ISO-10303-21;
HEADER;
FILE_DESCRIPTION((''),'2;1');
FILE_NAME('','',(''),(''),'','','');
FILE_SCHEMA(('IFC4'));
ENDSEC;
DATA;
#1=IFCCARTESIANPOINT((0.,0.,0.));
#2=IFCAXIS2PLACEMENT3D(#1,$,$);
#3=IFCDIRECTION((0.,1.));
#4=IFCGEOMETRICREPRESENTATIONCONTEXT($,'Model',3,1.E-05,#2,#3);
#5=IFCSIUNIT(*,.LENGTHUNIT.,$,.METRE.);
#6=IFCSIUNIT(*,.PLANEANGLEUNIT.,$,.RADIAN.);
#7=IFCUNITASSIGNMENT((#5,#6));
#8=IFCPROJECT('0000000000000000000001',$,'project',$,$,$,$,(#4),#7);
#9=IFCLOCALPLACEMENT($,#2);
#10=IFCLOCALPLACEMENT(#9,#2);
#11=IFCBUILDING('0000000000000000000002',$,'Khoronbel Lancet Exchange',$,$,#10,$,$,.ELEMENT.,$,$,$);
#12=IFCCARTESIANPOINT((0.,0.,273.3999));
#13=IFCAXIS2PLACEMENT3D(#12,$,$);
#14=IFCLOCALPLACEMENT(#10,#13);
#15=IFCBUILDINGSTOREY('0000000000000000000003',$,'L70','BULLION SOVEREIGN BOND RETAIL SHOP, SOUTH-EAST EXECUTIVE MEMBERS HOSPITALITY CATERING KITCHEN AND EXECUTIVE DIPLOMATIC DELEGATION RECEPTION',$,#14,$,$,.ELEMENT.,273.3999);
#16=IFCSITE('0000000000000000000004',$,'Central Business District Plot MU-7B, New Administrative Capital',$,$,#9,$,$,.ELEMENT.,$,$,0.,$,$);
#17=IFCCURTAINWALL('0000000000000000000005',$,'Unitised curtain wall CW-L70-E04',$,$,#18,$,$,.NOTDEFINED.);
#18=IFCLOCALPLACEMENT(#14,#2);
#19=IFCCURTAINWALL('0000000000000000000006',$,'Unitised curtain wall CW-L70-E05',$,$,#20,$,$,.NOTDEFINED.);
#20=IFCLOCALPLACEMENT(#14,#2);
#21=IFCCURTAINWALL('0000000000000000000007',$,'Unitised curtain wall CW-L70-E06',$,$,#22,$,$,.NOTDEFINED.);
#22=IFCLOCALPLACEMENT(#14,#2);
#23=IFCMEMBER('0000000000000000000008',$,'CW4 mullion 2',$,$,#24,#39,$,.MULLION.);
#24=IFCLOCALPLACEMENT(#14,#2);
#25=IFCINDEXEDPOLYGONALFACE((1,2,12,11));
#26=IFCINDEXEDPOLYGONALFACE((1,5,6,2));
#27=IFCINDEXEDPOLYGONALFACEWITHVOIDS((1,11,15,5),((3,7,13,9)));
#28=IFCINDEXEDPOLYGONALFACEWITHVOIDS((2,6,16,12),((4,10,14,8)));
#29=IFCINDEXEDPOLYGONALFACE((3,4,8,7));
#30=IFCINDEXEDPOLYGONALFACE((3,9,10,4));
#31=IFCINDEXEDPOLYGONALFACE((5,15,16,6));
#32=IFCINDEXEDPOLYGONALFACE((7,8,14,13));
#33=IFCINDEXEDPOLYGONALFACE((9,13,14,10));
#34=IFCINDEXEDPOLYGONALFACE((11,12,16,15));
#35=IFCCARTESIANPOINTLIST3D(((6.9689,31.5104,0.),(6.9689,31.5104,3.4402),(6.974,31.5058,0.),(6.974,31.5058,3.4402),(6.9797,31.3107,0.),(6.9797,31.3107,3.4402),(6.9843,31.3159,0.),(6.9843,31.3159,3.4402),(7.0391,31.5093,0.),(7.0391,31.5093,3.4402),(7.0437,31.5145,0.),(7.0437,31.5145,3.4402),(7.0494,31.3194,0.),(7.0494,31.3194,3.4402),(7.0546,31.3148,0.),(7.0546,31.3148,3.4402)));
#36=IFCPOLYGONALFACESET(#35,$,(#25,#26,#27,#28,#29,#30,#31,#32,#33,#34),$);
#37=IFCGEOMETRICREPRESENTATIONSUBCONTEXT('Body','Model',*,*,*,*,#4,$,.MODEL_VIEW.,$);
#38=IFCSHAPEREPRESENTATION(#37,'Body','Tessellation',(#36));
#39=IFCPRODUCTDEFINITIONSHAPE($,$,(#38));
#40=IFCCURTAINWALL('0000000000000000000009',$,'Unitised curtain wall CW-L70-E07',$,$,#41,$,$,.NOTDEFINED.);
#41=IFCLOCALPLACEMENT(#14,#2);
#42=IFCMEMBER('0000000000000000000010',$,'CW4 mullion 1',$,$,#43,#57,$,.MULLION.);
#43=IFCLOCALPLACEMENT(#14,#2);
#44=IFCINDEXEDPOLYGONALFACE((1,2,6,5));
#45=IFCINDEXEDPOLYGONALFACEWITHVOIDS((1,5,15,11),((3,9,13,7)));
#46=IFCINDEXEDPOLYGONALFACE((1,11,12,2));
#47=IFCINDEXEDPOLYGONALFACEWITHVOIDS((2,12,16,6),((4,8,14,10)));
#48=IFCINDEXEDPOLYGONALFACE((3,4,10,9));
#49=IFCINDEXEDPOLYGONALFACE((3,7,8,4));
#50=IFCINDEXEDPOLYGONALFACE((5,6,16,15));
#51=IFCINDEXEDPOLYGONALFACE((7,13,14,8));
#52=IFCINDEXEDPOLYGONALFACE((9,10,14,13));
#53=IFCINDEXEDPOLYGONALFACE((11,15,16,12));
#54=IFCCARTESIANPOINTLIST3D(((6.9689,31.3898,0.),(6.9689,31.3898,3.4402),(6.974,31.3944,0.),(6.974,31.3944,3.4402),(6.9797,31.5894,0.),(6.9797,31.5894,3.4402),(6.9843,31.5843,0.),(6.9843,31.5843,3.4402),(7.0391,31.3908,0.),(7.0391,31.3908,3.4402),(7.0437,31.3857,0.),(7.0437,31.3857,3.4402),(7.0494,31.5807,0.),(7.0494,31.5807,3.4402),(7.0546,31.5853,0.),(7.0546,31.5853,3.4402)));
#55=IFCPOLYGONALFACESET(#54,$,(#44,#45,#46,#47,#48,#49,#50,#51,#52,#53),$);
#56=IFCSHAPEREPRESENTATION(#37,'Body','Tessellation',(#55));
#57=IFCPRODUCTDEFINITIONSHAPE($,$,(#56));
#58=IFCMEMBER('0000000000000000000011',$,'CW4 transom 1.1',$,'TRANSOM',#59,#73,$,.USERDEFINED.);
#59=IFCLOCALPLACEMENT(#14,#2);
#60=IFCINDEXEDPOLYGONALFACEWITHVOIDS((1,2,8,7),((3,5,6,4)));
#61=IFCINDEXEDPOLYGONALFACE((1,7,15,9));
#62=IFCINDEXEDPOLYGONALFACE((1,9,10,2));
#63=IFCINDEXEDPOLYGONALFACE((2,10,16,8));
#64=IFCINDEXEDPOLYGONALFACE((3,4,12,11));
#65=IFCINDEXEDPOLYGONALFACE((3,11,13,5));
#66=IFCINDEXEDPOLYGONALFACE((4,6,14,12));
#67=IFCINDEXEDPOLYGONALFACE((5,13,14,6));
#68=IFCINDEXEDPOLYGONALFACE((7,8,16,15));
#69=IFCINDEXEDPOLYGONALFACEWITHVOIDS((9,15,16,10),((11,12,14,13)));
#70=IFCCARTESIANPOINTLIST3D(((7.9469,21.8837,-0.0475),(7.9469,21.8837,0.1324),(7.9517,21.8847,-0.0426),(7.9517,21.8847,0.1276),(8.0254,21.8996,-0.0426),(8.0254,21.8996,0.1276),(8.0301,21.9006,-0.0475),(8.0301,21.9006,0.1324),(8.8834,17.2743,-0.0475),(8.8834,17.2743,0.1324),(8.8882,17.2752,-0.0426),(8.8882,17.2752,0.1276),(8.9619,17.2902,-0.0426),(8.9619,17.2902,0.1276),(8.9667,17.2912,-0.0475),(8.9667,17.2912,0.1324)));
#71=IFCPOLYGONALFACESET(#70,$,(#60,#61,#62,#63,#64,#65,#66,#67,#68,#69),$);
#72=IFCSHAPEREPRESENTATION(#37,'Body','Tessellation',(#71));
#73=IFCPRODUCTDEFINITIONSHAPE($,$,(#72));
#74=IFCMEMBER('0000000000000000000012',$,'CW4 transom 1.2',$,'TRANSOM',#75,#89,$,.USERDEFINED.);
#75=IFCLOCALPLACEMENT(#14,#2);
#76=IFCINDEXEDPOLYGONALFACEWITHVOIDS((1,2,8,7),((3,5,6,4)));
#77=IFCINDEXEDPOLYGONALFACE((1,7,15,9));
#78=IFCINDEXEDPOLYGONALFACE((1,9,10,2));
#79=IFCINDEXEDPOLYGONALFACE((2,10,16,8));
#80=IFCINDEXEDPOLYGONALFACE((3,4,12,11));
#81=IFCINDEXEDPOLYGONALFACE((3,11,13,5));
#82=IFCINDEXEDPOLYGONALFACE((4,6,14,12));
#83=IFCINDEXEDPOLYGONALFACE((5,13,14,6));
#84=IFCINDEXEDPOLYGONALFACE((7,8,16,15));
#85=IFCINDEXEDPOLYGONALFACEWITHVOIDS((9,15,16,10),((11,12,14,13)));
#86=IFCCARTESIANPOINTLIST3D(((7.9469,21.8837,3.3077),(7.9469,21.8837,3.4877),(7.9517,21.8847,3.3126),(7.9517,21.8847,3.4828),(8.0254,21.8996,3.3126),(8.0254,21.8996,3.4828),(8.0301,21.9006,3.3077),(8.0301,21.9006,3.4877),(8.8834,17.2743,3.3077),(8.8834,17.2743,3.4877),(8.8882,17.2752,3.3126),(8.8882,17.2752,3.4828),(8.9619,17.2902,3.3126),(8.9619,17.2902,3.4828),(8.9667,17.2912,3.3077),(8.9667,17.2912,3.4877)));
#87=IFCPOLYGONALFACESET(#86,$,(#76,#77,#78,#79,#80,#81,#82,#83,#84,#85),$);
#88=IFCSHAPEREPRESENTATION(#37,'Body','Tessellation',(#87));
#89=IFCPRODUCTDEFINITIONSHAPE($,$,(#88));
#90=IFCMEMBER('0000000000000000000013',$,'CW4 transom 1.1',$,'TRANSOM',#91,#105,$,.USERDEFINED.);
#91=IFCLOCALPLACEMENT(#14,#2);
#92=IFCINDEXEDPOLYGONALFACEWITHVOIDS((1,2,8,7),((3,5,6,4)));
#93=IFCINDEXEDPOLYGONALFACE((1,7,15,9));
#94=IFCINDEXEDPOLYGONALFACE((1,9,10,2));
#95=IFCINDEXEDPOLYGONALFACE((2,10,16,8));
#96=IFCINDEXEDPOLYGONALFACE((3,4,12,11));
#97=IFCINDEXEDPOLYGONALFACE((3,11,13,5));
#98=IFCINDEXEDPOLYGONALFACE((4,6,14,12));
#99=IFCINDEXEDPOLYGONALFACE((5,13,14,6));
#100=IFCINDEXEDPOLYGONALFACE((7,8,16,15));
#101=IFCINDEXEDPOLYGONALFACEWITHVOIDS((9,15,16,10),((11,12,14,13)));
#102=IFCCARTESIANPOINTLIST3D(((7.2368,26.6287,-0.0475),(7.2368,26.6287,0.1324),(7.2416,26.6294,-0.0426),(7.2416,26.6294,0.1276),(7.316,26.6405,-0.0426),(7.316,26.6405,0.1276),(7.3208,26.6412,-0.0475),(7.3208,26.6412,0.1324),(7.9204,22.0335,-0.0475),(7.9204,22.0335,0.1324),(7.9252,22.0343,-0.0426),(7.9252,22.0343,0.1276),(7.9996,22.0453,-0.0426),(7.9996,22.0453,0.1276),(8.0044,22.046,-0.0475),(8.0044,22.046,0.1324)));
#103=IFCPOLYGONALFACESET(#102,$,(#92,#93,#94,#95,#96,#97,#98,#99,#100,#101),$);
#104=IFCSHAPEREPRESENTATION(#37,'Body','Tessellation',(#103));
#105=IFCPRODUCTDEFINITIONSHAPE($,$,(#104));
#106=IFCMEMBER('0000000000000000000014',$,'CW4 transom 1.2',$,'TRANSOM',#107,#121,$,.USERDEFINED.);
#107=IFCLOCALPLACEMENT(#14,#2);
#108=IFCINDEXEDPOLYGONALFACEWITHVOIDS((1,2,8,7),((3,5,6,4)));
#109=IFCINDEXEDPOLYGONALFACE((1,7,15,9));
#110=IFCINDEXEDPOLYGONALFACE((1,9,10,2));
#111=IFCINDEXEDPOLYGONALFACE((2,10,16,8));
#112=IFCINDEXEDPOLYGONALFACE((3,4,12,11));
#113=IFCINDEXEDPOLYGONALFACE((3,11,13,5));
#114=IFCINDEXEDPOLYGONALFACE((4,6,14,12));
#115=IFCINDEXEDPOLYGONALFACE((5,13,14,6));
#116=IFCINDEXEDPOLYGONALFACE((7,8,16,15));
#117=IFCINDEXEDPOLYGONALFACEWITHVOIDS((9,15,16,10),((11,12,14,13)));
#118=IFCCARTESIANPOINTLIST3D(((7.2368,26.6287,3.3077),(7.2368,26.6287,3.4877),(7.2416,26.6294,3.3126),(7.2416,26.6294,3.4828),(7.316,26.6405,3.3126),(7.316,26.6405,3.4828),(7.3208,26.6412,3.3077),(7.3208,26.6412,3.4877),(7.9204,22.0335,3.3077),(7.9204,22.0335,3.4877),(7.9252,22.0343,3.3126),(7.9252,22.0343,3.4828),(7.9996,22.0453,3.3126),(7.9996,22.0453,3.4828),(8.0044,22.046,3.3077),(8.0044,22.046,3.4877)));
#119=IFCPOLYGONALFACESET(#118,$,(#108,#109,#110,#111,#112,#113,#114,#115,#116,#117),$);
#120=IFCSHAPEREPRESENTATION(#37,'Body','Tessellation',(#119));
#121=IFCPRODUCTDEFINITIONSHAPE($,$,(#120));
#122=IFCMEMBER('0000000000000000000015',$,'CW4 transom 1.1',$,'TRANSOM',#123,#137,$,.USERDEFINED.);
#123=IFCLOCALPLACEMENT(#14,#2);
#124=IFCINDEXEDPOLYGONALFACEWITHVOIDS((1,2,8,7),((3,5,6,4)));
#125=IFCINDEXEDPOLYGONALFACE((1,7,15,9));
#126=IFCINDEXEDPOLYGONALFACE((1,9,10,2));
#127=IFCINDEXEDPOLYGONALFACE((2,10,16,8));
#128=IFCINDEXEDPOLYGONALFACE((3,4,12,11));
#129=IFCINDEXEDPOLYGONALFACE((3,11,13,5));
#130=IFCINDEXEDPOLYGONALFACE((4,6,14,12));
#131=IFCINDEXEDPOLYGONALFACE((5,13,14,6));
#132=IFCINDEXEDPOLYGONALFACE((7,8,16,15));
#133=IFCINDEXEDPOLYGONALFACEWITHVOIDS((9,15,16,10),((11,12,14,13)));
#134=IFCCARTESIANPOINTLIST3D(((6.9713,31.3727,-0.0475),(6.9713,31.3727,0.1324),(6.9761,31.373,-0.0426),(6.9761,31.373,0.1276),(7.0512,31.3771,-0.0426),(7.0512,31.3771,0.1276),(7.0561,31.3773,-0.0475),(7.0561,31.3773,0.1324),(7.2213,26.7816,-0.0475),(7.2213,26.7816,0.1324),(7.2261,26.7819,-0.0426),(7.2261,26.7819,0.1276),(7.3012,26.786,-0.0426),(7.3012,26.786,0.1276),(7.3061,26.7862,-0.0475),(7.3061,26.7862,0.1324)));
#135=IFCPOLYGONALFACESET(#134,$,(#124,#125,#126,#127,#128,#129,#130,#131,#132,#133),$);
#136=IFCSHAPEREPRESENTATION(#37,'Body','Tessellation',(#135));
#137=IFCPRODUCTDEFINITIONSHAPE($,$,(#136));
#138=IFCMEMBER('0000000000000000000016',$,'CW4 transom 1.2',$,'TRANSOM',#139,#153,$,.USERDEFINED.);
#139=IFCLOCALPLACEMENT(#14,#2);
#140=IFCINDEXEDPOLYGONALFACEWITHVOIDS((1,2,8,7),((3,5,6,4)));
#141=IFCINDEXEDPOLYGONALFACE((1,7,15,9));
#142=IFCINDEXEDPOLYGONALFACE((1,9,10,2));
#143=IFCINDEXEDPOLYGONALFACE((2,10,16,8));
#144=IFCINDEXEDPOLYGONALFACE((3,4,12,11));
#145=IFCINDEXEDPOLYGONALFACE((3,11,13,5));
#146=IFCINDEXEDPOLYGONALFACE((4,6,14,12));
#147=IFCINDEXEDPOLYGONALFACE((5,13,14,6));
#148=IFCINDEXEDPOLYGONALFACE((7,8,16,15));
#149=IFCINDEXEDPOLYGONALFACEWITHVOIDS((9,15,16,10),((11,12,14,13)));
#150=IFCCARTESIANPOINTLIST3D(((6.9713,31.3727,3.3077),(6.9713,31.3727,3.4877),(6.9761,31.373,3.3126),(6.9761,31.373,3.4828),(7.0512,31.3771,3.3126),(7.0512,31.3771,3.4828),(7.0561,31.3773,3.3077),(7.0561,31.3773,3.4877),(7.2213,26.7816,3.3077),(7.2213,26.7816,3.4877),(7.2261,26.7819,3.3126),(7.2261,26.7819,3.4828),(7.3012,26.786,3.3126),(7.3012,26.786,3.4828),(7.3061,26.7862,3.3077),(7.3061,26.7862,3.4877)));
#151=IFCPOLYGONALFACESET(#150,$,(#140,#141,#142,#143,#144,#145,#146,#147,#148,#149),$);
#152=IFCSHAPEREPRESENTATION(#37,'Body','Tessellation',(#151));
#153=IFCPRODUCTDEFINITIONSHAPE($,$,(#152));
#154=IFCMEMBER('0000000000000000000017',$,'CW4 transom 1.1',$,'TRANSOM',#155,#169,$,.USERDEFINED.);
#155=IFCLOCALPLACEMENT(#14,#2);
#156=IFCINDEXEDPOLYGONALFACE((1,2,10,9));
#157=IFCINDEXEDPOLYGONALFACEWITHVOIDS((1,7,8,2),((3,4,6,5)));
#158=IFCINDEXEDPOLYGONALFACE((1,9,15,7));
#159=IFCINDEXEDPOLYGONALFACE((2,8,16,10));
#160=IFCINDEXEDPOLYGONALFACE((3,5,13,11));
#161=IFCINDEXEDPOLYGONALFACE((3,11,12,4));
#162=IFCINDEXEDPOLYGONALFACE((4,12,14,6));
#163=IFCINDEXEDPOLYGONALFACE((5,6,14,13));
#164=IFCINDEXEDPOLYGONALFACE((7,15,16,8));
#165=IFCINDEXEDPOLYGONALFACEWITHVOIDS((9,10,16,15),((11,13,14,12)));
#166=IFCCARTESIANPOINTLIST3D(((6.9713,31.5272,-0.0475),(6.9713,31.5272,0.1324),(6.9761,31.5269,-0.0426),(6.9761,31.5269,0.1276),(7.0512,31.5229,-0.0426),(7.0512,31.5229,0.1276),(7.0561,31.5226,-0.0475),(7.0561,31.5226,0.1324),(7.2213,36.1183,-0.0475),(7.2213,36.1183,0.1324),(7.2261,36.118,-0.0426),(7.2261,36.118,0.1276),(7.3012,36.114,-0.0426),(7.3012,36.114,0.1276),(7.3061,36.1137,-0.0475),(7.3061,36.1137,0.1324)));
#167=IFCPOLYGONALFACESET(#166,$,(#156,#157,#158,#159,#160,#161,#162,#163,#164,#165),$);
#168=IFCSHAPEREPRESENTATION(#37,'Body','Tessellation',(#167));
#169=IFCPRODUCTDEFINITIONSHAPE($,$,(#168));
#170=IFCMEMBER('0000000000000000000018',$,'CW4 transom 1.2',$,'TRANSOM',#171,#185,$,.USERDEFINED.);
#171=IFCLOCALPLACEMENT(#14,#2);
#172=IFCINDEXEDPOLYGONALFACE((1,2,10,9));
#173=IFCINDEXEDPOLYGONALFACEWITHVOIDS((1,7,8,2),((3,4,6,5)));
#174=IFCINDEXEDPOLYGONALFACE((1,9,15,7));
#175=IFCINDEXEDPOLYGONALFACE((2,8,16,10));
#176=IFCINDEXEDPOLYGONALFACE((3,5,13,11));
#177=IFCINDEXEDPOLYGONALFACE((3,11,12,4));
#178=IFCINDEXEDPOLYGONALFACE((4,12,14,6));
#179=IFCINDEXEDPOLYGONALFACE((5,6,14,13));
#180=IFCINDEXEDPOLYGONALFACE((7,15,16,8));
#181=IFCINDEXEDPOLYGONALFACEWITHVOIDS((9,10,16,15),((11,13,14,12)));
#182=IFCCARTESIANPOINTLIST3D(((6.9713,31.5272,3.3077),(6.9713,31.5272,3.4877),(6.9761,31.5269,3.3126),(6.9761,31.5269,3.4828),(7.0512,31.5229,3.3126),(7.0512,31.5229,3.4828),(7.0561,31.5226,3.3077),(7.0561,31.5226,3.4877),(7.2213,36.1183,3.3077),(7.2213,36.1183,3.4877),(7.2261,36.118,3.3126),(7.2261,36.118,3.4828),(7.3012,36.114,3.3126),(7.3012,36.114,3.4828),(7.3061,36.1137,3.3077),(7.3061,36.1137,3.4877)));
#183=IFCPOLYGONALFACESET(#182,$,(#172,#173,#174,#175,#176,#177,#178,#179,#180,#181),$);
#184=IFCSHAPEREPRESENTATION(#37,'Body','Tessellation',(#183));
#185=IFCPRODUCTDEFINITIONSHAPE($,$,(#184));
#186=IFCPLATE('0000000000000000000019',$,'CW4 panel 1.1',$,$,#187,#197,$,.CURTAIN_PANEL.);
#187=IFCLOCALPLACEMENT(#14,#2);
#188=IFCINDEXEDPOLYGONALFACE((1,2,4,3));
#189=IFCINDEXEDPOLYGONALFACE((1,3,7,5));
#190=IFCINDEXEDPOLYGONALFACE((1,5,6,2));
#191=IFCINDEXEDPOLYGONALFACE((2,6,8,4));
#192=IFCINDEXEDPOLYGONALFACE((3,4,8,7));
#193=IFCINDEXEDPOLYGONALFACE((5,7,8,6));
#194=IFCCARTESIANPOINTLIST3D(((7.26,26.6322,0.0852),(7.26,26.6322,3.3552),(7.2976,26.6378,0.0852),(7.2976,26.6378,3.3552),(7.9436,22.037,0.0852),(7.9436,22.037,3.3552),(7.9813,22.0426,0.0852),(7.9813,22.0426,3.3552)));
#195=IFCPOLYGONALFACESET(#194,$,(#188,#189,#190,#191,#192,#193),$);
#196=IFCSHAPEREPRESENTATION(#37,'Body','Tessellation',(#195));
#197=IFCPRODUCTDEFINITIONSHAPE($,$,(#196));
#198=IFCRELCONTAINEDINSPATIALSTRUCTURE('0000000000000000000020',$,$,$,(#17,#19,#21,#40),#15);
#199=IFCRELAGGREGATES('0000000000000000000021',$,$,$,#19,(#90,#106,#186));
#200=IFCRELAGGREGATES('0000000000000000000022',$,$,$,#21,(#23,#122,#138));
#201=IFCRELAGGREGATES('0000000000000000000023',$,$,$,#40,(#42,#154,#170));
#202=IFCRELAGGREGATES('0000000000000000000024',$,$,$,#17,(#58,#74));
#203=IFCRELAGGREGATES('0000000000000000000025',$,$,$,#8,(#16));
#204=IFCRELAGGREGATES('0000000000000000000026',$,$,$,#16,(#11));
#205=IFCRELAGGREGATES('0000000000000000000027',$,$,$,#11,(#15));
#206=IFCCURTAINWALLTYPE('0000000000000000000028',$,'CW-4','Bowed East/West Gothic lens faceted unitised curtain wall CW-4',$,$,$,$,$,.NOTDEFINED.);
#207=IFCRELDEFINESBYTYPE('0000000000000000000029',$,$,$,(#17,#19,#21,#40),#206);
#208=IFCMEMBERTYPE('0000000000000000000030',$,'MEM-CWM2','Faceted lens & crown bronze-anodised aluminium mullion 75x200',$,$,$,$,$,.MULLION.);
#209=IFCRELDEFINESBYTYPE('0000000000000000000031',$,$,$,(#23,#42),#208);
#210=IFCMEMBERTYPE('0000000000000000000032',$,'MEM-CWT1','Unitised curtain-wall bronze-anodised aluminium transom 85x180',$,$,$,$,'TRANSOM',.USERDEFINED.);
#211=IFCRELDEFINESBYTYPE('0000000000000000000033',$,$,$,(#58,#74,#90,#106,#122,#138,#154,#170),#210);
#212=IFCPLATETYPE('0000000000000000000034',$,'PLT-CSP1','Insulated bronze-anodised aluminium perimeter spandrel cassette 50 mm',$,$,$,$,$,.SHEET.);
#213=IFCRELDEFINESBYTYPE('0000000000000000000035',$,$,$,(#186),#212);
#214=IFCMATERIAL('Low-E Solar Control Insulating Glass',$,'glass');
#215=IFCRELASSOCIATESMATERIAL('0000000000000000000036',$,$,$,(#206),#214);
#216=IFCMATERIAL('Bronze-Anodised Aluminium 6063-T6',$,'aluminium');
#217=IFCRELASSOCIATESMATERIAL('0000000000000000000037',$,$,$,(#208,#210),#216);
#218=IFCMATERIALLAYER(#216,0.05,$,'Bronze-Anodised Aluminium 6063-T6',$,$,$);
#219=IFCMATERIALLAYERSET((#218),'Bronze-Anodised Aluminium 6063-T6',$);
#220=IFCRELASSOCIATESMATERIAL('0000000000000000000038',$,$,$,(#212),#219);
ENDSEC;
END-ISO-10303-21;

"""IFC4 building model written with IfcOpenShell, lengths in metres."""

from ifc_helpers import new_model, si_unit, direction, frame, origin, origin_2d, place, context, subcontext, project, spatial, rectangle, hollow_rectangle, extrude, material, layer, layer_set, material_profile, profile_set, type_object, element, aggregate, save


model = new_model("IFC4")

# Units and contexts
model_context = context("Model", 3, precision=1e-05, world=origin(), true_north=direction((0.0, 1.0)))
body_context = subcontext(model_context, "Body", "Model", "MODEL_VIEW")
ifc_project = project(units=[si_unit("LENGTHUNIT", "METRE"), si_unit("PLANEANGLEUNIT", "RADIAN")], contexts=[model_context])

# Site, building, storey
site_placement = place(None, origin())
site = spatial("IfcSite", under=ifc_project, at=site_placement, Name="Central Business District Plot MU-7B, New Administrative Capital", CompositionType="ELEMENT", RefElevation=0.0)
building_placement = place(site_placement, origin())
building = spatial("IfcBuilding", under=site, at=building_placement, Name="Khoronbel Lancet Exchange", CompositionType="ELEMENT")
storey_placement = place(building_placement, frame((0.0, 0.0, 273.3999)))
storey = spatial("IfcBuildingStorey", under=building, at=storey_placement, Name="L70", Description="BULLION SOVEREIGN BOND RETAIL SHOP, SOUTH-EAST EXECUTIVE MEMBERS HOSPITALITY CATERING KITCHEN AND EXECUTIVE DIPLOMATIC DELEGATION RECEPTION", CompositionType="ELEMENT", Elevation=273.3999)

# Curtain walls, member
ifc_material_1 = material(Name="Low-E Solar Control Insulating Glass", Category="glass")
curtain_wall_type = type_object("IfcCurtainWallType", Name="CW-4", Description="Bowed East/West Gothic lens faceted unitised curtain wall CW-4", PredefinedType="NOTDEFINED", material=ifc_material_1)
curtain_wall_1_placement = place(storey_placement, origin())
curtain_wall_1 = element("IfcCurtainWall", 1, at=curtain_wall_1_placement, inside=storey, type_object=curtain_wall_type, Name="Unitised curtain wall CW-L70-E04", PredefinedType="NOTDEFINED")
ifc_material_2 = material(Name="Bronze-Anodised Aluminium 6063-T6", Category="aluminium")
ifc_material_profile_1 = material_profile(ifc_material_2, hollow_rectangle(XDim=0.075, YDim=0.2, WallThickness=0.0049, at=origin_2d()), Name="ALU MULLION 75x200")
ifc_profile_set_1 = profile_set([ifc_material_profile_1], Name="Bronze-Anodised Aluminium 6063-T6")
member_type_1 = type_object("IfcMemberType", Name="MEM-CWM2", Description="Faceted lens & crown bronze-anodised aluminium mullion 75x200", PredefinedType="MULLION", material=ifc_profile_set_1)
curtain_wall_2_placement = place(storey_placement, origin())
curtain_wall_2 = element("IfcCurtainWall", 2, at=curtain_wall_2_placement, inside=storey, type_object=curtain_wall_type, Name="Unitised curtain wall CW-L70-E05", PredefinedType="NOTDEFINED")
curtain_wall_3_placement = place(storey_placement, origin())
curtain_wall_3 = element("IfcCurtainWall", 3, at=curtain_wall_3_placement, inside=storey, type_object=curtain_wall_type, Name="Unitised curtain wall CW-L70-E06", PredefinedType="NOTDEFINED")
member_1_placement = place(storey_placement, frame((7.0117, 31.4126, 0.0), z_axis=(0.0, 0.0, 1.0), x_axis=(-0.998521, -0.054361, 0.0)))
member_1 = element("IfcMember", 4, at=member_1_placement, type_object=member_type_1, Name="CW4 mullion 2", PredefinedType="MULLION", context=body_context, shape_type="SweptSolid", body=[
    extrude(hollow_rectangle(XDim=0.075, YDim=0.2, WallThickness=0.0049, at=origin_2d()), origin(), (0.0, 0.0, 1.0), 3.4402),
])

# Curtain wall, member
curtain_wall_4_placement = place(storey_placement, origin())
curtain_wall_4 = element("IfcCurtainWall", 5, at=curtain_wall_4_placement, inside=storey, type_object=curtain_wall_type, Name="Unitised curtain wall CW-L70-E07", PredefinedType="NOTDEFINED")
member_2_placement = place(storey_placement, frame((7.0117, 31.4875, 0.0), z_axis=(0.0, 0.0, 1.0), x_axis=(-0.998521, 0.054361, 0.0)))
member_2 = element("IfcMember", 6, at=member_2_placement, type_object=member_type_1, Name="CW4 mullion 1", PredefinedType="MULLION", context=body_context, shape_type="SweptSolid", body=[
    extrude(hollow_rectangle(XDim=0.075, YDim=0.2, WallThickness=0.0049, at=origin_2d()), origin(), (0.0, 0.0, 1.0), 3.4402),
])

# Members
ifc_material_profile_2 = material_profile(ifc_material_2, hollow_rectangle(XDim=0.085, YDim=0.1799, WallThickness=0.0049, at=origin_2d()), Name="ALU TRANSOM 85x180")
ifc_profile_set_2 = profile_set([ifc_material_profile_2], Name="Bronze-Anodised Aluminium 6063-T6")
member_type_2 = type_object("IfcMemberType", Name="MEM-CWT1", Description="Unitised curtain-wall bronze-anodised aluminium transom 85x180", ElementType="TRANSOM", PredefinedType="USERDEFINED", material=ifc_profile_set_2)
member_3_placement = place(storey_placement, frame((8.925, 17.2827, 0.0425), z_axis=(-0.19911, 0.979977, 0.0), x_axis=(-0.979977, -0.19911, 0.0)))
member_3 = element("IfcMember", 7, at=member_3_placement, type_object=member_type_2, Name="CW4 transom 1.1", ObjectType="TRANSOM", PredefinedType="USERDEFINED", context=body_context, shape_type="SweptSolid", body=[
    extrude(hollow_rectangle(XDim=0.085, YDim=0.1799, WallThickness=0.0049, at=origin_2d()), origin(), (0.0, 0.0, 1.0), 4.7036),
])
member_4_placement = place(storey_placement, frame((8.925, 17.2827, 3.3977), z_axis=(-0.19911, 0.979977, 0.0), x_axis=(-0.979977, -0.19911, 0.0)))
member_4 = element("IfcMember", 8, at=member_4_placement, type_object=member_type_2, Name="CW4 transom 1.2", ObjectType="TRANSOM", PredefinedType="USERDEFINED", context=body_context, shape_type="SweptSolid", body=[
    extrude(hollow_rectangle(XDim=0.085, YDim=0.1799, WallThickness=0.0049, at=origin_2d()), origin(), (0.0, 0.0, 1.0), 4.7036),
])
member_5_placement = place(storey_placement, frame((7.9624, 22.0398, 0.0425), z_axis=(-0.147143, 0.989115, 0.0), x_axis=(-0.989115, -0.147143, 0.0)))
member_5 = element("IfcMember", 9, at=member_5_placement, type_object=member_type_2, Name="CW4 transom 1.1", ObjectType="TRANSOM", PredefinedType="USERDEFINED", context=body_context, shape_type="SweptSolid", body=[
    extrude(hollow_rectangle(XDim=0.085, YDim=0.1799, WallThickness=0.0049, at=origin_2d()), origin(), (0.0, 0.0, 1.0), 4.6458),
])
member_6_placement = place(storey_placement, frame((7.9624, 22.0398, 3.3977), z_axis=(-0.147143, 0.989115, 0.0), x_axis=(-0.989115, -0.147143, 0.0)))
member_6 = element("IfcMember", 10, at=member_6_placement, type_object=member_type_2, Name="CW4 transom 1.2", ObjectType="TRANSOM", PredefinedType="USERDEFINED", context=body_context, shape_type="SweptSolid", body=[
    extrude(hollow_rectangle(XDim=0.085, YDim=0.1799, WallThickness=0.0049, at=origin_2d()), origin(), (0.0, 0.0, 1.0), 4.6458),
])
member_7_placement = place(storey_placement, frame((7.2637, 26.7839, 0.0425), z_axis=(-0.054373, 0.998521, 0.0), x_axis=(-0.998521, -0.054373, 0.0)))
member_7 = element("IfcMember", 11, at=member_7_placement, type_object=member_type_2, Name="CW4 transom 1.1", ObjectType="TRANSOM", PredefinedType="USERDEFINED", context=body_context, shape_type="SweptSolid", body=[
    extrude(hollow_rectangle(XDim=0.085, YDim=0.1799, WallThickness=0.0049, at=origin_2d()), origin(), (0.0, 0.0, 1.0), 4.5979),
])
member_8_placement = place(storey_placement, frame((7.2637, 26.7839, 3.3977), z_axis=(-0.054373, 0.998521, 0.0), x_axis=(-0.998521, -0.054373, 0.0)))
member_8 = element("IfcMember", 12, at=member_8_placement, type_object=member_type_2, Name="CW4 transom 1.2", ObjectType="TRANSOM", PredefinedType="USERDEFINED", context=body_context, shape_type="SweptSolid", body=[
    extrude(hollow_rectangle(XDim=0.085, YDim=0.1799, WallThickness=0.0049, at=origin_2d()), origin(), (0.0, 0.0, 1.0), 4.5979),
])
member_9_placement = place(storey_placement, frame((7.0137, 31.5249, 0.0425), z_axis=(0.054373, 0.998521, 0.0), x_axis=(-0.998521, 0.054373, 0.0)))
member_9 = element("IfcMember", 13, at=member_9_placement, type_object=member_type_2, Name="CW4 transom 1.1", ObjectType="TRANSOM", PredefinedType="USERDEFINED", context=body_context, shape_type="SweptSolid", body=[
    extrude(hollow_rectangle(XDim=0.085, YDim=0.1799, WallThickness=0.0049, at=origin_2d()), origin(), (0.0, 0.0, 1.0), 4.5979),
])
member_10_placement = place(storey_placement, frame((7.0137, 31.5249, 3.3977), z_axis=(0.054373, 0.998521, 0.0), x_axis=(-0.998521, 0.054373, 0.0)))
member_10 = element("IfcMember", 14, at=member_10_placement, type_object=member_type_2, Name="CW4 transom 1.2", ObjectType="TRANSOM", PredefinedType="USERDEFINED", context=body_context, shape_type="SweptSolid", body=[
    extrude(hollow_rectangle(XDim=0.085, YDim=0.1799, WallThickness=0.0049, at=origin_2d()), origin(), (0.0, 0.0, 1.0), 4.5979),
])

# Plate
ifc_layer_1 = layer(ifc_material_2, 0.05, Name="Bronze-Anodised Aluminium 6063-T6")
ifc_layer_set_1 = layer_set([ifc_layer_1], Name="Bronze-Anodised Aluminium 6063-T6")
plate_type_1 = type_object("IfcPlateType", Name="PLT-CSP1", Description="Insulated bronze-anodised aluminium perimeter spandrel cassette 50 mm", PredefinedType="SHEET", material=ifc_layer_set_1)
plate_1_placement = place(storey_placement, frame((7.6206, 24.3374, 0.0852), z_axis=(0.0, 0.0, 1.0), x_axis=(-0.147152, 0.989114, 0.0)))
plate_1 = element("IfcPlate", 15, at=plate_1_placement, type_object=plate_type_1, Name="CW4 panel 1.1", PredefinedType="CURTAIN_PANEL", context=body_context, shape_type="SweptSolid", body=[
    extrude(rectangle(XDim=4.6458, YDim=0.0381, at=origin_2d()), origin(), (0.0, 0.0, 1.0), 3.27),
])
aggregate(curtain_wall_2, [member_5, member_6, plate_1])
aggregate(curtain_wall_3, [member_1, member_7, member_8])
aggregate(curtain_wall_4, [member_2, member_9, member_10])
aggregate(curtain_wall_1, [member_3, member_4])

save(model, "model.ifc")
